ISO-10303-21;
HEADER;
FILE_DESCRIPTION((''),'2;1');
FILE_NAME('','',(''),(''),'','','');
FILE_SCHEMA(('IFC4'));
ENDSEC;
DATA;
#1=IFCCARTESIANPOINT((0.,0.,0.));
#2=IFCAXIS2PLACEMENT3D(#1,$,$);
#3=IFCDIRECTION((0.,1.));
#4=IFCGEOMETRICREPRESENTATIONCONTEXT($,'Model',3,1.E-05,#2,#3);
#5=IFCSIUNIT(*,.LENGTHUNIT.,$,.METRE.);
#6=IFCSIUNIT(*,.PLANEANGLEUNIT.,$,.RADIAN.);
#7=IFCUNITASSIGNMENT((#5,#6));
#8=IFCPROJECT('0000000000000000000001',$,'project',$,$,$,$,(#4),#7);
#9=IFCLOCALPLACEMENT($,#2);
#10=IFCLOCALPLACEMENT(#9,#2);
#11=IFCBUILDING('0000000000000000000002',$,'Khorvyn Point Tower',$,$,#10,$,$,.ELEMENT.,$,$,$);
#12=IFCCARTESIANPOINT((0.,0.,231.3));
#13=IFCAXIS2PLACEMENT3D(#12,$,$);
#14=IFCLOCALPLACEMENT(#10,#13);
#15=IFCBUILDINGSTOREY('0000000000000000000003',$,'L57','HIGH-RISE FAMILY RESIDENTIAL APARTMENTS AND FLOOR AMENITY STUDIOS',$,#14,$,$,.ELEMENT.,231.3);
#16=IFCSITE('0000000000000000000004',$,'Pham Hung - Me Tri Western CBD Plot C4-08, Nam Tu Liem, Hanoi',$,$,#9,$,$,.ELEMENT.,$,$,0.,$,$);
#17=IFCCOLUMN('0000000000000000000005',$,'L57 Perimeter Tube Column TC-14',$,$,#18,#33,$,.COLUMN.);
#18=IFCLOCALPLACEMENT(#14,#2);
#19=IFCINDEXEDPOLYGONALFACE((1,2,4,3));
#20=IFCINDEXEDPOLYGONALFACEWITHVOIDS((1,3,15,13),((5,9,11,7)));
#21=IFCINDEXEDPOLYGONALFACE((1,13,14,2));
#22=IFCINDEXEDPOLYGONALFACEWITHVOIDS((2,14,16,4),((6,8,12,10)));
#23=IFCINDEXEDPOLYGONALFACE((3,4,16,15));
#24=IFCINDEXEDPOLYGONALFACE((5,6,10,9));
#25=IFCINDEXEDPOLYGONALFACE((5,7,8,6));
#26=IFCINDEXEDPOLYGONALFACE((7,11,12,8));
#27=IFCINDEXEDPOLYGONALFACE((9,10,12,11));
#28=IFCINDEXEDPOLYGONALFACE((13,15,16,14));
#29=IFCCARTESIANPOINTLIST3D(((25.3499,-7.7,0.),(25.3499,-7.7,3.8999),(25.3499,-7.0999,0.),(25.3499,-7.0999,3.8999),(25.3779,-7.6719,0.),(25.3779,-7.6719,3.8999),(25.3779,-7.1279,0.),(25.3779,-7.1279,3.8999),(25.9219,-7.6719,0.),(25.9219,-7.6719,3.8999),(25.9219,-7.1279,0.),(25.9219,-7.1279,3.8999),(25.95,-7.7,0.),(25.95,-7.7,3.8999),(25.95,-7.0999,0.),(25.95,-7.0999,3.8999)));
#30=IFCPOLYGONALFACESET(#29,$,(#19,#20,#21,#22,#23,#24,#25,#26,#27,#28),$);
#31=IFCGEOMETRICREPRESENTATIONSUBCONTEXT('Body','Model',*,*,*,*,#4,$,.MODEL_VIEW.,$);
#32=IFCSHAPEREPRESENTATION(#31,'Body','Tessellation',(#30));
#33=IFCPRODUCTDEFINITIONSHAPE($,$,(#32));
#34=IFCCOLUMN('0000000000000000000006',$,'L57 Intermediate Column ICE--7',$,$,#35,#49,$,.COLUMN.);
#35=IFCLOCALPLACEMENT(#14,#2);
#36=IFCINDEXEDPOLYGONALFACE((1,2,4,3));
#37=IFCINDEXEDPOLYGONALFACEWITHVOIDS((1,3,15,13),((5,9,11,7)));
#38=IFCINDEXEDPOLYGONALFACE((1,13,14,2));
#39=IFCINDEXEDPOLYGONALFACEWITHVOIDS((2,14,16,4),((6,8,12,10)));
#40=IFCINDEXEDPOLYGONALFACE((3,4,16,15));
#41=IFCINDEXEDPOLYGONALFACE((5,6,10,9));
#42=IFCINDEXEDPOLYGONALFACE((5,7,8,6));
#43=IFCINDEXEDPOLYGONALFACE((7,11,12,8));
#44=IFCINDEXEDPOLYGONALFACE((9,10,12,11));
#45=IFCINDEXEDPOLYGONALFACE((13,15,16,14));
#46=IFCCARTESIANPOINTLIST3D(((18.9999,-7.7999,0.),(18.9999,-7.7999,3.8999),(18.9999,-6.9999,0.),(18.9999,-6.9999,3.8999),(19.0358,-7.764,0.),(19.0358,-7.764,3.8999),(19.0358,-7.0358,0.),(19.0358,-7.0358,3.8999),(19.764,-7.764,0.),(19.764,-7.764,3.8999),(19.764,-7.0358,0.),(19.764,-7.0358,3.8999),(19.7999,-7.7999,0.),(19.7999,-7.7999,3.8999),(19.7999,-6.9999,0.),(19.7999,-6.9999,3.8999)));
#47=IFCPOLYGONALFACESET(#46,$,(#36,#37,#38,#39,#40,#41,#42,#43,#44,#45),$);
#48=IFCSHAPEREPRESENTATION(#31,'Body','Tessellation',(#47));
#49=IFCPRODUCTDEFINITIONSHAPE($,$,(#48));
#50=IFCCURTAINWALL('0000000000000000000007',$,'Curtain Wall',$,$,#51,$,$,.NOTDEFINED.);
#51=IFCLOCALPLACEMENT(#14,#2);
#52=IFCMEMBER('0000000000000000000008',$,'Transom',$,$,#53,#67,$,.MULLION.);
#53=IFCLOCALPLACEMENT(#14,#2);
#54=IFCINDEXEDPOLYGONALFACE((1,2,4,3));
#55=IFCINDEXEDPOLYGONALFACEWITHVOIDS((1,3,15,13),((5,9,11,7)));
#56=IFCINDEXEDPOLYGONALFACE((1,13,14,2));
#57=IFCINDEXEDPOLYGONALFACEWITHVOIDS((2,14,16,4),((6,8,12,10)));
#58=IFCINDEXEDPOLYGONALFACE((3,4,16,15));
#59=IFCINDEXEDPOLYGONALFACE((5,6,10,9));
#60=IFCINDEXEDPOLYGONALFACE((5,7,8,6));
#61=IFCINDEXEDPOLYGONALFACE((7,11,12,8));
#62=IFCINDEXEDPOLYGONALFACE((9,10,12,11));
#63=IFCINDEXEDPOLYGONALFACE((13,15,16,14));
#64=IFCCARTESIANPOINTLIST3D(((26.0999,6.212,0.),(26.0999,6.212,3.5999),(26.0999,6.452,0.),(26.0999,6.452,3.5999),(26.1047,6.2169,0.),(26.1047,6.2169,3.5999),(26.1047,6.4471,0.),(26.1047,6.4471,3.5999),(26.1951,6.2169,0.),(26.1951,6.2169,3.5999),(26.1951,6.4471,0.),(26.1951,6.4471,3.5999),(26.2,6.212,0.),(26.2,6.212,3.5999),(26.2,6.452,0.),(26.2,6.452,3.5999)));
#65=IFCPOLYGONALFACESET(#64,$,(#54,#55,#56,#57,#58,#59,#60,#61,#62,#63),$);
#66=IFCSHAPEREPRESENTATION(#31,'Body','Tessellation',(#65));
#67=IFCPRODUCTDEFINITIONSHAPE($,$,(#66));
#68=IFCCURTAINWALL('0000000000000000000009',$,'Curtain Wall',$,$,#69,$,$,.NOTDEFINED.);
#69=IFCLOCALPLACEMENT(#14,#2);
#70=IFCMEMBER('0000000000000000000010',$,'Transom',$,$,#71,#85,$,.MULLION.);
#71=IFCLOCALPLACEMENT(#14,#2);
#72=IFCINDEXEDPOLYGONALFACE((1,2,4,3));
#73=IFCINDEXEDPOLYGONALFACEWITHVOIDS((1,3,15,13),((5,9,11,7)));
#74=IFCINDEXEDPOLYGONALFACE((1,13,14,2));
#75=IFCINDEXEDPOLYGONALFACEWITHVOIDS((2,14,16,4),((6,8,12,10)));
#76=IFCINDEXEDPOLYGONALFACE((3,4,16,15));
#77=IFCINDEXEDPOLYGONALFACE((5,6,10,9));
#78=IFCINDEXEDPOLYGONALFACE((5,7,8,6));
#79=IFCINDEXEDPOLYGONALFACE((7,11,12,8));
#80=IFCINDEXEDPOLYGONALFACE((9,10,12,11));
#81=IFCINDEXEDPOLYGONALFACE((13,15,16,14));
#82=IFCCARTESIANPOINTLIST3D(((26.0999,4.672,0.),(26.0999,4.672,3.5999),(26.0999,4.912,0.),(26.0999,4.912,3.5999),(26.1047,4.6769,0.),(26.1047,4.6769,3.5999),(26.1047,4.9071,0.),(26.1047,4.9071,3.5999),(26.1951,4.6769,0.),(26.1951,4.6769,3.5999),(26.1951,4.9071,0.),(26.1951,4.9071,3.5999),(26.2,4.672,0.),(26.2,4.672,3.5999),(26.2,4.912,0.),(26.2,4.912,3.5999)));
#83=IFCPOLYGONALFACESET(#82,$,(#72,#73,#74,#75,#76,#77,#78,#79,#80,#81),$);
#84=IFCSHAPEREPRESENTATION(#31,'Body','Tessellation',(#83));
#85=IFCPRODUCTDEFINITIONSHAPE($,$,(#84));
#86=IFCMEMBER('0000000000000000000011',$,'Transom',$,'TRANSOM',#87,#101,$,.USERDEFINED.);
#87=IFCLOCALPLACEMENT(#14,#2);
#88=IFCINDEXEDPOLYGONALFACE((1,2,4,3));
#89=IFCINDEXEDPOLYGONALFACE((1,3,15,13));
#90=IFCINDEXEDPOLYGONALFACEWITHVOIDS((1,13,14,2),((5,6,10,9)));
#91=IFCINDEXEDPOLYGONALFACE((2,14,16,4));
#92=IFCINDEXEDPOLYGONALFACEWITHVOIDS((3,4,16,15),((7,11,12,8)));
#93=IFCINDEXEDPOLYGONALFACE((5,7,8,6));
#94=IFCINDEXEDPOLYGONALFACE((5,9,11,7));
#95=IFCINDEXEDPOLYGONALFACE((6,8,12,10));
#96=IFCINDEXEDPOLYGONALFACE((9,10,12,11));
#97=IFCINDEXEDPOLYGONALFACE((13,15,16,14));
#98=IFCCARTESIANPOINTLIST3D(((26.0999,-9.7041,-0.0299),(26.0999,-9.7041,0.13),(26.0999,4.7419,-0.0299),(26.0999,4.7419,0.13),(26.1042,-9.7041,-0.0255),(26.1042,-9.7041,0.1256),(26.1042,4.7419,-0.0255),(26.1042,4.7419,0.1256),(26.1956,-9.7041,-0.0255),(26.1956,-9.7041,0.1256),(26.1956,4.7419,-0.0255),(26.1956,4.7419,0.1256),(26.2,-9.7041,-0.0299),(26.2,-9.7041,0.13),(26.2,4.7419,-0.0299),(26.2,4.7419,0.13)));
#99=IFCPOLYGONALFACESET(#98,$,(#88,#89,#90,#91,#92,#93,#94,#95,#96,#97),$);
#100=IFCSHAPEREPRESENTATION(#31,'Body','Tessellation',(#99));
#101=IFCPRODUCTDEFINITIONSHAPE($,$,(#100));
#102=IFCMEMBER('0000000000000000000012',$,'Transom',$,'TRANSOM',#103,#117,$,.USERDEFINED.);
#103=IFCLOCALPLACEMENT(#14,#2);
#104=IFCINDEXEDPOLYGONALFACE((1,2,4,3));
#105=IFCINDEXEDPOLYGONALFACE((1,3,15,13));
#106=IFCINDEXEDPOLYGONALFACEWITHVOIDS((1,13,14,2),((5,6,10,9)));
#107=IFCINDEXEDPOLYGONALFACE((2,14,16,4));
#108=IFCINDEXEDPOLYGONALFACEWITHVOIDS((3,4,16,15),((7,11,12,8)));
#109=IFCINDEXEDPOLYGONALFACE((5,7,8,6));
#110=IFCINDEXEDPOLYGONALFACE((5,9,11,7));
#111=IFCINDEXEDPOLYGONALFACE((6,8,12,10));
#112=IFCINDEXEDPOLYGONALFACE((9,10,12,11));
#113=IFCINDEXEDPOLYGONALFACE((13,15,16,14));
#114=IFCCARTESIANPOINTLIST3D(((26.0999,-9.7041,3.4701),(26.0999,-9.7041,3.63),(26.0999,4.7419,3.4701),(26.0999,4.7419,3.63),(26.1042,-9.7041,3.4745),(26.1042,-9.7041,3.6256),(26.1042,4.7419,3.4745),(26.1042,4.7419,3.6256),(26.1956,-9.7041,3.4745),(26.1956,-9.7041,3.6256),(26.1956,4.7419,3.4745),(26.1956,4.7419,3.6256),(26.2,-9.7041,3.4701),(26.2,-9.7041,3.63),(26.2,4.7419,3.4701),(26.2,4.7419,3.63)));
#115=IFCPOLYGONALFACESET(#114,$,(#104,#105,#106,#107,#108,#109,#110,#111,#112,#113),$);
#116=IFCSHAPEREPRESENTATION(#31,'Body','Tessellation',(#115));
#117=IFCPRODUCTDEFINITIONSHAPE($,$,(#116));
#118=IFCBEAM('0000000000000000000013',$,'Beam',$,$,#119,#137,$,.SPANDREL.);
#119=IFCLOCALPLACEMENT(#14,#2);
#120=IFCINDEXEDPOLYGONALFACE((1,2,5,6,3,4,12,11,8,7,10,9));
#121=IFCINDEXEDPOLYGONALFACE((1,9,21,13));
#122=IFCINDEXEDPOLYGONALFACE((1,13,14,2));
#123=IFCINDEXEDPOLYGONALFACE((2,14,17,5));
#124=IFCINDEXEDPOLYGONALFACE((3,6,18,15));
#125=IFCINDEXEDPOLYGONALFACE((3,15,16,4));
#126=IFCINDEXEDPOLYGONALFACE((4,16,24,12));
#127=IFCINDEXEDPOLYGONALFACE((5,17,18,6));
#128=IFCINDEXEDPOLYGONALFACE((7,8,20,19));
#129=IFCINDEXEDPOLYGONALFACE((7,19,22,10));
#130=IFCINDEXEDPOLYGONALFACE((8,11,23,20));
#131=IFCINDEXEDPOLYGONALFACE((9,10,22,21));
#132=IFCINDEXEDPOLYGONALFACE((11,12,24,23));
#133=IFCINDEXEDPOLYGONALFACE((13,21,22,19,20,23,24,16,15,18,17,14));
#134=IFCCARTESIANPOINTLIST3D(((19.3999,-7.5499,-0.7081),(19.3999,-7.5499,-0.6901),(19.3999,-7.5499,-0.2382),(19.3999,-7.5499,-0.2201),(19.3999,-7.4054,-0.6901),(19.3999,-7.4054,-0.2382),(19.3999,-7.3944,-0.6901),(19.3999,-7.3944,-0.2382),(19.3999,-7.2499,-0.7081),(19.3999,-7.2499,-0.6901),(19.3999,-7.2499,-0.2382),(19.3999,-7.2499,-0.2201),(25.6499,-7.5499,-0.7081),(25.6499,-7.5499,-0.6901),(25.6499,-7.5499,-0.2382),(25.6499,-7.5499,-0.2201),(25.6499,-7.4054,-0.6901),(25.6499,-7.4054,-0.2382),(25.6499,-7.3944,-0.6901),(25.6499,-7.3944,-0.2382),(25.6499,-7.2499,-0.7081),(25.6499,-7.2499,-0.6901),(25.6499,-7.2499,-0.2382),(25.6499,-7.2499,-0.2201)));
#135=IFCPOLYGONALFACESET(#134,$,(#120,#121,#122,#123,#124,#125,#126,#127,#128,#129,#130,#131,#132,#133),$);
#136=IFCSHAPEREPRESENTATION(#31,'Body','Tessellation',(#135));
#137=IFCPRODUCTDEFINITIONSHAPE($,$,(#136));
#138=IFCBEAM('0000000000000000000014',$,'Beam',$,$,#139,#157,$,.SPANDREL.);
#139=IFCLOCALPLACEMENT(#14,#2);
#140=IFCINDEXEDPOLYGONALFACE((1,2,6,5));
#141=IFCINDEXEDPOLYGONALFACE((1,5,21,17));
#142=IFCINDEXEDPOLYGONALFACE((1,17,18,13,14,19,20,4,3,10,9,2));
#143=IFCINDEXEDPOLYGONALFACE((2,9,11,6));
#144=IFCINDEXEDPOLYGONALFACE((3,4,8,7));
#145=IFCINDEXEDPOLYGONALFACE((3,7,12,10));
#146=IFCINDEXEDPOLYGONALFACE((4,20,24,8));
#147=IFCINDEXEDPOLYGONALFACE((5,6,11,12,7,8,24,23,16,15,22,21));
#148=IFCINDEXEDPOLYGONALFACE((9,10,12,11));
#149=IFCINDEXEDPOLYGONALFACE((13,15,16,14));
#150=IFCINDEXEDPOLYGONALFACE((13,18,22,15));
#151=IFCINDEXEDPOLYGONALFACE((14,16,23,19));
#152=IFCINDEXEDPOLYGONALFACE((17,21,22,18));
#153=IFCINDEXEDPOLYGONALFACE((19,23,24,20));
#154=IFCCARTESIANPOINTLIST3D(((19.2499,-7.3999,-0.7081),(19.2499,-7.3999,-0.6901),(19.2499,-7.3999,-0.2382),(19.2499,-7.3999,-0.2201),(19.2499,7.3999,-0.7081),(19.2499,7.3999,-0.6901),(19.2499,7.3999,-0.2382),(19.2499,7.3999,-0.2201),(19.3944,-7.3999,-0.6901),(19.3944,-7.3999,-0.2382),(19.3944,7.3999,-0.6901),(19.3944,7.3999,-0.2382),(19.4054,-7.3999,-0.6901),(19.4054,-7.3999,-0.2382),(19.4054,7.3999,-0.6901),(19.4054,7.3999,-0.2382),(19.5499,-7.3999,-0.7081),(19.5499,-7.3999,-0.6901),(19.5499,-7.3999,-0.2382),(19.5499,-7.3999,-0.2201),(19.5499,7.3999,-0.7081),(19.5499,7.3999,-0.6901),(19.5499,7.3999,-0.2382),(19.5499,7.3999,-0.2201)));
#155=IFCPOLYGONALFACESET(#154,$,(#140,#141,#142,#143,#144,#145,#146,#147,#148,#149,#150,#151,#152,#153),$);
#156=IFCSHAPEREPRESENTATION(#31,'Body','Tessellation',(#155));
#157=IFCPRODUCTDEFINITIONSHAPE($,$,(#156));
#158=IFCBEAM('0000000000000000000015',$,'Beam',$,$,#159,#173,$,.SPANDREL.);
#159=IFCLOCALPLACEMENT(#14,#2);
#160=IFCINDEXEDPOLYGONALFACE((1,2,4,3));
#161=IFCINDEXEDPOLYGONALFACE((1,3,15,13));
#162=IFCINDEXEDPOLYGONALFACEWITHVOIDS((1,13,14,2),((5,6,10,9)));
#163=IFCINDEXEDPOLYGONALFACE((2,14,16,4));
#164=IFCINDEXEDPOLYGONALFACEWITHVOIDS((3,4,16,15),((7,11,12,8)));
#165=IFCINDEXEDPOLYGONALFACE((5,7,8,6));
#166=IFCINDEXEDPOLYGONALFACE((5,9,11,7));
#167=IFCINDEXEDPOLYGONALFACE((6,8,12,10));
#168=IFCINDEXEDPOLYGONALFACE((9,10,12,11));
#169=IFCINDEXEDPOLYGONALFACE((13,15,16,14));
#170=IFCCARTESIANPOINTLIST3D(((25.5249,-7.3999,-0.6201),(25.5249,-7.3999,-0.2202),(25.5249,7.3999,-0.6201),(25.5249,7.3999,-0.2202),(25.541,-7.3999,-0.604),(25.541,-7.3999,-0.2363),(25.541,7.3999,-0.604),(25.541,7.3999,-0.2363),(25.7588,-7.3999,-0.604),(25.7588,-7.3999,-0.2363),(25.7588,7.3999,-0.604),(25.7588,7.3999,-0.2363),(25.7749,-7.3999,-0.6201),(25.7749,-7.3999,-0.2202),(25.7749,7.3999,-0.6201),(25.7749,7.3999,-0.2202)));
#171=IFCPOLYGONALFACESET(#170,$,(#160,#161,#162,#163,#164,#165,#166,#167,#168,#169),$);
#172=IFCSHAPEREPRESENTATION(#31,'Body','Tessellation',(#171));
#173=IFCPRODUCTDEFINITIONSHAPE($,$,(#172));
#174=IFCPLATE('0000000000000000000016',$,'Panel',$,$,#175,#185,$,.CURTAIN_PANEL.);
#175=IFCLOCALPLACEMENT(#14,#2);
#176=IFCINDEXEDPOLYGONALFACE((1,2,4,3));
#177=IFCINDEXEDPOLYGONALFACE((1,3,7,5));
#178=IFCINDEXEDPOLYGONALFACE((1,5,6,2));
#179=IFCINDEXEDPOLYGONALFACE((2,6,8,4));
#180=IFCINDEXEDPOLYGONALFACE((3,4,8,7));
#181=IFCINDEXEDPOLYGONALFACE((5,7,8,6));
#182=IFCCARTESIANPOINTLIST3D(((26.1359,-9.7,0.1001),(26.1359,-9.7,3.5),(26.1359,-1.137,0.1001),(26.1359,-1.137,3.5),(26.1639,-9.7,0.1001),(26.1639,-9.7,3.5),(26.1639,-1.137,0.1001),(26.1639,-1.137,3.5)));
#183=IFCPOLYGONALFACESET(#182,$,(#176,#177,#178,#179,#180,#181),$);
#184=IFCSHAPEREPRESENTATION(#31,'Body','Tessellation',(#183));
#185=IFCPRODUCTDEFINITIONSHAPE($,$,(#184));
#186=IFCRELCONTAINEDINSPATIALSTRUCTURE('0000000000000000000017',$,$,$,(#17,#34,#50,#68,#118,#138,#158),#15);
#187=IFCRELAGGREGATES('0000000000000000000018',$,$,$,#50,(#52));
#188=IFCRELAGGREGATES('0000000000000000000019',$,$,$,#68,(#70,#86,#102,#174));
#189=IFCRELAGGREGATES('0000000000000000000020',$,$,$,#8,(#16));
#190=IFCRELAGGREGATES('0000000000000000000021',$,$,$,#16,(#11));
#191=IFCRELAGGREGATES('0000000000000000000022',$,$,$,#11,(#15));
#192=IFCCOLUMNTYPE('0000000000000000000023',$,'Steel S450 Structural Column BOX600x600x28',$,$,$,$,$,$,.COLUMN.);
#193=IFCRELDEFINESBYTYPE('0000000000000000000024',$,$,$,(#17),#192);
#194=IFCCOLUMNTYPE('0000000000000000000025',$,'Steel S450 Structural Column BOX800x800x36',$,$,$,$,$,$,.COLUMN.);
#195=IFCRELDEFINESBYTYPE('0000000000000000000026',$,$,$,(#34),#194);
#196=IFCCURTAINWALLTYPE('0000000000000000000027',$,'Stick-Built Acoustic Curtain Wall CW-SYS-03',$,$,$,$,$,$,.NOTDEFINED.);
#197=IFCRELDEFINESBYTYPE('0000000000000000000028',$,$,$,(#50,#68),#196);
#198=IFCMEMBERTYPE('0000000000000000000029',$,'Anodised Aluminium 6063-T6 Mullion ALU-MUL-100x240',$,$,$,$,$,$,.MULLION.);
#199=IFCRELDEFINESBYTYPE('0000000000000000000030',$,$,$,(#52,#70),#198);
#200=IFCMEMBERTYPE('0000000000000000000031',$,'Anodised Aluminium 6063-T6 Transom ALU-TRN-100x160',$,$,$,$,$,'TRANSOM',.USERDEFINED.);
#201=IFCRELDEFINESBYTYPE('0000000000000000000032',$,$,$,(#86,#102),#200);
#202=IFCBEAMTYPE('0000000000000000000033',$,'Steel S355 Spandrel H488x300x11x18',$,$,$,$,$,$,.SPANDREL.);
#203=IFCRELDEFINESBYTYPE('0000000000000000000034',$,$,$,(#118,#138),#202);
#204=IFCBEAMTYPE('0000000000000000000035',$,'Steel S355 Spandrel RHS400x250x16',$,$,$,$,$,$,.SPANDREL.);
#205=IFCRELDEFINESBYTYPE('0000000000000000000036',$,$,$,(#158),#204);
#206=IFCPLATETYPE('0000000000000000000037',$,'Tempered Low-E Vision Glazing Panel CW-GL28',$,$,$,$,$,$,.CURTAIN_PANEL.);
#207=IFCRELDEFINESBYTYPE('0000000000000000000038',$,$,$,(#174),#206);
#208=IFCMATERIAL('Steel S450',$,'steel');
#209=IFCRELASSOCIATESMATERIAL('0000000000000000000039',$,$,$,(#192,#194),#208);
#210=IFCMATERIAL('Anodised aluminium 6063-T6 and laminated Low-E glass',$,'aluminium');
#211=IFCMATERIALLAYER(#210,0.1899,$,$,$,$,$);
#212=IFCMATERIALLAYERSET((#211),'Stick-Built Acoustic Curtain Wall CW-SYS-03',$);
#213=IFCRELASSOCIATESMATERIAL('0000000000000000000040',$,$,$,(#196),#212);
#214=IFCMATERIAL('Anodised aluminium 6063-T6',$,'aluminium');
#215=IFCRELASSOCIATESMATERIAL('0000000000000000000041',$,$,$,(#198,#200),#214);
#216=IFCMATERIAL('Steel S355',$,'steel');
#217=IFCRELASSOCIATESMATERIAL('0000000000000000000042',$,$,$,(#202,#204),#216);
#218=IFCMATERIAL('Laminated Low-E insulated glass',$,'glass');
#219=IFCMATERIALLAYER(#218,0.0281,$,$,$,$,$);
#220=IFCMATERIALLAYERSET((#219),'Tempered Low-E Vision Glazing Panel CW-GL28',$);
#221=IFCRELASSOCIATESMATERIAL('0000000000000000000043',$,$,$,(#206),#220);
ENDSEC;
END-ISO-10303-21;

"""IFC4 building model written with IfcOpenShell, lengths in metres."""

from ifc_helpers import new_model, si_unit, direction, frame, origin, origin_2d, place, context, subcontext, project, spatial, rectangle, hollow_rectangle, i_section, extrude, material, layer, layer_set, material_profile, profile_set, type_object, element, aggregate, save


model = new_model("IFC4")

# Units and contexts
model_context = context("Model", 3, precision=1e-05, world=origin(), true_north=direction((0.0, 1.0)))
body_context = subcontext(model_context, "Body", "Model", "MODEL_VIEW")
ifc_project = project(units=[si_unit("LENGTHUNIT", "METRE"), si_unit("PLANEANGLEUNIT", "RADIAN")], contexts=[model_context])

# Site, building, storey
site_placement = place(None, origin())
site = spatial("IfcSite", under=ifc_project, at=site_placement, Name="Pham Hung - Me Tri Western CBD Plot C4-08, Nam Tu Liem, Hanoi", CompositionType="ELEMENT", RefElevation=0.0)
building_placement = place(site_placement, origin())
building = spatial("IfcBuilding", under=site, at=building_placement, Name="Khorvyn Point Tower", CompositionType="ELEMENT")
storey_placement = place(building_placement, frame((0.0, 0.0, 231.3)))
storey = spatial("IfcBuildingStorey", under=building, at=storey_placement, Name="L57", Description="HIGH-RISE FAMILY RESIDENTIAL APARTMENTS AND FLOOR AMENITY STUDIOS", CompositionType="ELEMENT", Elevation=231.3)

# Columns
ifc_material_1 = material(Name="Steel S450", Category="steel")
ifc_material_profile_1 = material_profile(ifc_material_1, hollow_rectangle(XDim=0.6001, YDim=0.6001, WallThickness=0.0281, at=origin_2d()))
ifc_profile_set_1 = profile_set([ifc_material_profile_1], Name="Steel S450 BOX600x600x28")
column_type_1 = type_object("IfcColumnType", Name="Steel S450 Structural Column BOX600x600x28", PredefinedType="COLUMN", material=ifc_profile_set_1)
column_1_placement = place(storey_placement, frame((25.6499, -7.3999, 0.0), z_axis=(0.0, 0.0, 1.0), x_axis=(1.0, 0.0, 0.0)))
element("IfcColumn", 1, at=column_1_placement, inside=storey, type_object=column_type_1, Name="L57 Perimeter Tube Column TC-14", PredefinedType="COLUMN", context=body_context, shape_type="SweptSolid", body=[
    extrude(hollow_rectangle(XDim=0.6001, YDim=0.6001, WallThickness=0.0281, at=origin_2d()), origin(), (0.0, 0.0, 1.0), 3.8999),
])
ifc_material_profile_2 = material_profile(ifc_material_1, hollow_rectangle(XDim=0.8, YDim=0.8, WallThickness=0.0359, at=origin_2d()))
ifc_profile_set_2 = profile_set([ifc_material_profile_2], Name="Steel S450 BOX800x800x36")
column_type_2 = type_object("IfcColumnType", Name="Steel S450 Structural Column BOX800x800x36", PredefinedType="COLUMN", material=ifc_profile_set_2)
column_2_placement = place(storey_placement, frame((19.3999, -7.3999, 0.0), z_axis=(0.0, 0.0, 1.0), x_axis=(1.0, 0.0, 0.0)))
element("IfcColumn", 2, at=column_2_placement, inside=storey, type_object=column_type_2, Name="L57 Intermediate Column ICE--7", PredefinedType="COLUMN", context=body_context, shape_type="SweptSolid", body=[
    extrude(hollow_rectangle(XDim=0.8, YDim=0.8, WallThickness=0.0359, at=origin_2d()), origin(), (0.0, 0.0, 1.0), 3.8999),
])

# Curtain wall, member
ifc_material_2 = material(Name="Anodised aluminium 6063-T6 and laminated Low-E glass", Category="aluminium")
ifc_layer_1 = layer(ifc_material_2, 0.1899)
ifc_layer_set_1 = layer_set([ifc_layer_1], Name="Stick-Built Acoustic Curtain Wall CW-SYS-03")
curtain_wall_type = type_object("IfcCurtainWallType", Name="Stick-Built Acoustic Curtain Wall CW-SYS-03", PredefinedType="NOTDEFINED", material=ifc_layer_set_1)
curtain_wall_1_placement = place(storey_placement, origin())
curtain_wall_1 = element("IfcCurtainWall", 3, at=curtain_wall_1_placement, inside=storey, type_object=curtain_wall_type, Name="Curtain Wall", PredefinedType="NOTDEFINED")
ifc_material_3 = material(Name="Anodised aluminium 6063-T6", Category="aluminium")
ifc_material_profile_3 = material_profile(ifc_material_3, hollow_rectangle(XDim=0.1001, YDim=0.24, WallThickness=0.0049, at=origin_2d()))
ifc_profile_set_3 = profile_set([ifc_material_profile_3], Name="Anodised aluminium 6063-T6 ALU-MUL-100x240")
member_type_1 = type_object("IfcMemberType", Name="Anodised Aluminium 6063-T6 Mullion ALU-MUL-100x240", PredefinedType="MULLION", material=ifc_profile_set_3)
member_1_placement = place(storey_placement, frame((26.1499, 6.332, 0.0), z_axis=(0.0, 0.0, 1.0), x_axis=(1.0, 0.0, 0.0)))
member_1 = element("IfcMember", 4, at=member_1_placement, type_object=member_type_1, Name="Transom", PredefinedType="MULLION", context=body_context, shape_type="SweptSolid", body=[
    extrude(hollow_rectangle(XDim=0.1001, YDim=0.24, WallThickness=0.0049, at=origin_2d()), origin(), (0.0, 0.0, 1.0), 3.5999),
])
aggregate(curtain_wall_1, [member_1])

# Curtain wall, members
curtain_wall_2_placement = place(storey_placement, origin())
curtain_wall_2 = element("IfcCurtainWall", 5, at=curtain_wall_2_placement, inside=storey, type_object=curtain_wall_type, Name="Curtain Wall", PredefinedType="NOTDEFINED")
member_2_placement = place(storey_placement, frame((26.1499, 4.792, 0.0), z_axis=(0.0, 0.0, 1.0), x_axis=(1.0, 0.0, 0.0)))
member_2 = element("IfcMember", 6, at=member_2_placement, type_object=member_type_1, Name="Transom", PredefinedType="MULLION", context=body_context, shape_type="SweptSolid", body=[
    extrude(hollow_rectangle(XDim=0.1001, YDim=0.24, WallThickness=0.0049, at=origin_2d()), origin(), (0.0, 0.0, 1.0), 3.5999),
])
ifc_material_profile_4 = material_profile(ifc_material_3, hollow_rectangle(XDim=0.1001, YDim=0.1599, WallThickness=0.0044, at=origin_2d()))
ifc_profile_set_4 = profile_set([ifc_material_profile_4], Name="Anodised aluminium 6063-T6 ALU-TRN-100x160")
member_type_2 = type_object("IfcMemberType", Name="Anodised Aluminium 6063-T6 Transom ALU-TRN-100x160", ElementType="TRANSOM", PredefinedType="USERDEFINED", material=ifc_profile_set_4)
member_3_placement = place(storey_placement, frame((26.1499, 4.7419, 0.05), z_axis=(0.0, -1.0, 0.0), x_axis=(1.0, 0.0, 0.0)))
member_3 = element("IfcMember", 7, at=member_3_placement, type_object=member_type_2, Name="Transom", ObjectType="TRANSOM", PredefinedType="USERDEFINED", context=body_context, shape_type="SweptSolid", body=[
    extrude(hollow_rectangle(XDim=0.1001, YDim=0.1599, WallThickness=0.0044, at=origin_2d()), origin(), (0.0, 0.0, 1.0), 14.446),
])
member_4_placement = place(storey_placement, frame((26.1499, 4.7419, 3.55), z_axis=(0.0, -1.0, 0.0), x_axis=(1.0, 0.0, 0.0)))
member_4 = element("IfcMember", 8, at=member_4_placement, type_object=member_type_2, Name="Transom", ObjectType="TRANSOM", PredefinedType="USERDEFINED", context=body_context, shape_type="SweptSolid", body=[
    extrude(hollow_rectangle(XDim=0.1001, YDim=0.1599, WallThickness=0.0044, at=origin_2d()), origin(), (0.0, 0.0, 1.0), 14.446),
])

# Beams
ifc_material_4 = material(Name="Steel S355", Category="steel")
ifc_material_profile_5 = material_profile(ifc_material_4, i_section(OverallWidth=0.3, OverallDepth=0.488, WebThickness=0.011, FlangeThickness=0.0181, at=origin_2d()))
ifc_profile_set_5 = profile_set([ifc_material_profile_5], Name="Steel S355 H488x300x11x18")
beam_type_1 = type_object("IfcBeamType", Name="Steel S355 Spandrel H488x300x11x18", PredefinedType="SPANDREL", material=ifc_profile_set_5)
beam_1_placement = place(storey_placement, frame((19.3999, -7.3999, -0.4641), z_axis=(1.0, 0.0, 0.0), x_axis=(0.0, 1.0, 0.0)))
element("IfcBeam", 9, at=beam_1_placement, inside=storey, type_object=beam_type_1, Name="Beam", PredefinedType="SPANDREL", context=body_context, shape_type="SweptSolid", body=[
    extrude(i_section(OverallWidth=0.3, OverallDepth=0.488, WebThickness=0.011, FlangeThickness=0.0181, at=origin_2d()), origin(), (0.0, 0.0, 1.0), 6.25),
])
beam_2_placement = place(storey_placement, frame((19.3999, -7.3999, -0.4641), z_axis=(0.0, 1.0, 0.0), x_axis=(-1.0, 0.0, 0.0)))
element("IfcBeam", 10, at=beam_2_placement, inside=storey, type_object=beam_type_1, Name="Beam", PredefinedType="SPANDREL", context=body_context, shape_type="SweptSolid", body=[
    extrude(i_section(OverallWidth=0.3, OverallDepth=0.488, WebThickness=0.011, FlangeThickness=0.0181, at=origin_2d()), origin(), (0.0, 0.0, 1.0), 14.7998),
])
ifc_material_profile_6 = material_profile(ifc_material_4, hollow_rectangle(XDim=0.25, YDim=0.3999, WallThickness=0.0161, at=origin_2d()))
ifc_profile_set_6 = profile_set([ifc_material_profile_6], Name="Steel S355 RHS400x250x16")
beam_type_2 = type_object("IfcBeamType", Name="Steel S355 Spandrel RHS400x250x16", PredefinedType="SPANDREL", material=ifc_profile_set_6)
beam_3_placement = place(storey_placement, frame((25.6499, -7.3999, -0.4202), z_axis=(0.0, 1.0, 0.0), x_axis=(-1.0, 0.0, 0.0)))
element("IfcBeam", 11, at=beam_3_placement, inside=storey, type_object=beam_type_2, Name="Beam", PredefinedType="SPANDREL", context=body_context, shape_type="SweptSolid", body=[
    extrude(hollow_rectangle(XDim=0.25, YDim=0.3999, WallThickness=0.0161, at=origin_2d()), origin(), (0.0, 0.0, 1.0), 14.7998),
])

# Plate
ifc_material_5 = material(Name="Laminated Low-E insulated glass", Category="glass")
ifc_layer_2 = layer(ifc_material_5, 0.0281)
ifc_layer_set_2 = layer_set([ifc_layer_2], Name="Tempered Low-E Vision Glazing Panel CW-GL28")
plate_type = type_object("IfcPlateType", Name="Tempered Low-E Vision Glazing Panel CW-GL28", PredefinedType="CURTAIN_PANEL", material=ifc_layer_set_2)
plate_1_placement = place(storey_placement, frame((26.1499, -5.4185, 0.1001), z_axis=(0.0, 0.0, 1.0), x_axis=(0.0, -1.0, 0.0)))
plate_1 = element("IfcPlate", 12, at=plate_1_placement, type_object=plate_type, Name="Panel", PredefinedType="CURTAIN_PANEL", context=body_context, shape_type="SweptSolid", body=[
    extrude(rectangle(XDim=8.563, YDim=0.0281, at=origin_2d()), origin(), (0.0, 0.0, 1.0), 3.3999),
])
aggregate(curtain_wall_2, [member_2, member_3, member_4, plate_1])

save(model, "model.ifc")
